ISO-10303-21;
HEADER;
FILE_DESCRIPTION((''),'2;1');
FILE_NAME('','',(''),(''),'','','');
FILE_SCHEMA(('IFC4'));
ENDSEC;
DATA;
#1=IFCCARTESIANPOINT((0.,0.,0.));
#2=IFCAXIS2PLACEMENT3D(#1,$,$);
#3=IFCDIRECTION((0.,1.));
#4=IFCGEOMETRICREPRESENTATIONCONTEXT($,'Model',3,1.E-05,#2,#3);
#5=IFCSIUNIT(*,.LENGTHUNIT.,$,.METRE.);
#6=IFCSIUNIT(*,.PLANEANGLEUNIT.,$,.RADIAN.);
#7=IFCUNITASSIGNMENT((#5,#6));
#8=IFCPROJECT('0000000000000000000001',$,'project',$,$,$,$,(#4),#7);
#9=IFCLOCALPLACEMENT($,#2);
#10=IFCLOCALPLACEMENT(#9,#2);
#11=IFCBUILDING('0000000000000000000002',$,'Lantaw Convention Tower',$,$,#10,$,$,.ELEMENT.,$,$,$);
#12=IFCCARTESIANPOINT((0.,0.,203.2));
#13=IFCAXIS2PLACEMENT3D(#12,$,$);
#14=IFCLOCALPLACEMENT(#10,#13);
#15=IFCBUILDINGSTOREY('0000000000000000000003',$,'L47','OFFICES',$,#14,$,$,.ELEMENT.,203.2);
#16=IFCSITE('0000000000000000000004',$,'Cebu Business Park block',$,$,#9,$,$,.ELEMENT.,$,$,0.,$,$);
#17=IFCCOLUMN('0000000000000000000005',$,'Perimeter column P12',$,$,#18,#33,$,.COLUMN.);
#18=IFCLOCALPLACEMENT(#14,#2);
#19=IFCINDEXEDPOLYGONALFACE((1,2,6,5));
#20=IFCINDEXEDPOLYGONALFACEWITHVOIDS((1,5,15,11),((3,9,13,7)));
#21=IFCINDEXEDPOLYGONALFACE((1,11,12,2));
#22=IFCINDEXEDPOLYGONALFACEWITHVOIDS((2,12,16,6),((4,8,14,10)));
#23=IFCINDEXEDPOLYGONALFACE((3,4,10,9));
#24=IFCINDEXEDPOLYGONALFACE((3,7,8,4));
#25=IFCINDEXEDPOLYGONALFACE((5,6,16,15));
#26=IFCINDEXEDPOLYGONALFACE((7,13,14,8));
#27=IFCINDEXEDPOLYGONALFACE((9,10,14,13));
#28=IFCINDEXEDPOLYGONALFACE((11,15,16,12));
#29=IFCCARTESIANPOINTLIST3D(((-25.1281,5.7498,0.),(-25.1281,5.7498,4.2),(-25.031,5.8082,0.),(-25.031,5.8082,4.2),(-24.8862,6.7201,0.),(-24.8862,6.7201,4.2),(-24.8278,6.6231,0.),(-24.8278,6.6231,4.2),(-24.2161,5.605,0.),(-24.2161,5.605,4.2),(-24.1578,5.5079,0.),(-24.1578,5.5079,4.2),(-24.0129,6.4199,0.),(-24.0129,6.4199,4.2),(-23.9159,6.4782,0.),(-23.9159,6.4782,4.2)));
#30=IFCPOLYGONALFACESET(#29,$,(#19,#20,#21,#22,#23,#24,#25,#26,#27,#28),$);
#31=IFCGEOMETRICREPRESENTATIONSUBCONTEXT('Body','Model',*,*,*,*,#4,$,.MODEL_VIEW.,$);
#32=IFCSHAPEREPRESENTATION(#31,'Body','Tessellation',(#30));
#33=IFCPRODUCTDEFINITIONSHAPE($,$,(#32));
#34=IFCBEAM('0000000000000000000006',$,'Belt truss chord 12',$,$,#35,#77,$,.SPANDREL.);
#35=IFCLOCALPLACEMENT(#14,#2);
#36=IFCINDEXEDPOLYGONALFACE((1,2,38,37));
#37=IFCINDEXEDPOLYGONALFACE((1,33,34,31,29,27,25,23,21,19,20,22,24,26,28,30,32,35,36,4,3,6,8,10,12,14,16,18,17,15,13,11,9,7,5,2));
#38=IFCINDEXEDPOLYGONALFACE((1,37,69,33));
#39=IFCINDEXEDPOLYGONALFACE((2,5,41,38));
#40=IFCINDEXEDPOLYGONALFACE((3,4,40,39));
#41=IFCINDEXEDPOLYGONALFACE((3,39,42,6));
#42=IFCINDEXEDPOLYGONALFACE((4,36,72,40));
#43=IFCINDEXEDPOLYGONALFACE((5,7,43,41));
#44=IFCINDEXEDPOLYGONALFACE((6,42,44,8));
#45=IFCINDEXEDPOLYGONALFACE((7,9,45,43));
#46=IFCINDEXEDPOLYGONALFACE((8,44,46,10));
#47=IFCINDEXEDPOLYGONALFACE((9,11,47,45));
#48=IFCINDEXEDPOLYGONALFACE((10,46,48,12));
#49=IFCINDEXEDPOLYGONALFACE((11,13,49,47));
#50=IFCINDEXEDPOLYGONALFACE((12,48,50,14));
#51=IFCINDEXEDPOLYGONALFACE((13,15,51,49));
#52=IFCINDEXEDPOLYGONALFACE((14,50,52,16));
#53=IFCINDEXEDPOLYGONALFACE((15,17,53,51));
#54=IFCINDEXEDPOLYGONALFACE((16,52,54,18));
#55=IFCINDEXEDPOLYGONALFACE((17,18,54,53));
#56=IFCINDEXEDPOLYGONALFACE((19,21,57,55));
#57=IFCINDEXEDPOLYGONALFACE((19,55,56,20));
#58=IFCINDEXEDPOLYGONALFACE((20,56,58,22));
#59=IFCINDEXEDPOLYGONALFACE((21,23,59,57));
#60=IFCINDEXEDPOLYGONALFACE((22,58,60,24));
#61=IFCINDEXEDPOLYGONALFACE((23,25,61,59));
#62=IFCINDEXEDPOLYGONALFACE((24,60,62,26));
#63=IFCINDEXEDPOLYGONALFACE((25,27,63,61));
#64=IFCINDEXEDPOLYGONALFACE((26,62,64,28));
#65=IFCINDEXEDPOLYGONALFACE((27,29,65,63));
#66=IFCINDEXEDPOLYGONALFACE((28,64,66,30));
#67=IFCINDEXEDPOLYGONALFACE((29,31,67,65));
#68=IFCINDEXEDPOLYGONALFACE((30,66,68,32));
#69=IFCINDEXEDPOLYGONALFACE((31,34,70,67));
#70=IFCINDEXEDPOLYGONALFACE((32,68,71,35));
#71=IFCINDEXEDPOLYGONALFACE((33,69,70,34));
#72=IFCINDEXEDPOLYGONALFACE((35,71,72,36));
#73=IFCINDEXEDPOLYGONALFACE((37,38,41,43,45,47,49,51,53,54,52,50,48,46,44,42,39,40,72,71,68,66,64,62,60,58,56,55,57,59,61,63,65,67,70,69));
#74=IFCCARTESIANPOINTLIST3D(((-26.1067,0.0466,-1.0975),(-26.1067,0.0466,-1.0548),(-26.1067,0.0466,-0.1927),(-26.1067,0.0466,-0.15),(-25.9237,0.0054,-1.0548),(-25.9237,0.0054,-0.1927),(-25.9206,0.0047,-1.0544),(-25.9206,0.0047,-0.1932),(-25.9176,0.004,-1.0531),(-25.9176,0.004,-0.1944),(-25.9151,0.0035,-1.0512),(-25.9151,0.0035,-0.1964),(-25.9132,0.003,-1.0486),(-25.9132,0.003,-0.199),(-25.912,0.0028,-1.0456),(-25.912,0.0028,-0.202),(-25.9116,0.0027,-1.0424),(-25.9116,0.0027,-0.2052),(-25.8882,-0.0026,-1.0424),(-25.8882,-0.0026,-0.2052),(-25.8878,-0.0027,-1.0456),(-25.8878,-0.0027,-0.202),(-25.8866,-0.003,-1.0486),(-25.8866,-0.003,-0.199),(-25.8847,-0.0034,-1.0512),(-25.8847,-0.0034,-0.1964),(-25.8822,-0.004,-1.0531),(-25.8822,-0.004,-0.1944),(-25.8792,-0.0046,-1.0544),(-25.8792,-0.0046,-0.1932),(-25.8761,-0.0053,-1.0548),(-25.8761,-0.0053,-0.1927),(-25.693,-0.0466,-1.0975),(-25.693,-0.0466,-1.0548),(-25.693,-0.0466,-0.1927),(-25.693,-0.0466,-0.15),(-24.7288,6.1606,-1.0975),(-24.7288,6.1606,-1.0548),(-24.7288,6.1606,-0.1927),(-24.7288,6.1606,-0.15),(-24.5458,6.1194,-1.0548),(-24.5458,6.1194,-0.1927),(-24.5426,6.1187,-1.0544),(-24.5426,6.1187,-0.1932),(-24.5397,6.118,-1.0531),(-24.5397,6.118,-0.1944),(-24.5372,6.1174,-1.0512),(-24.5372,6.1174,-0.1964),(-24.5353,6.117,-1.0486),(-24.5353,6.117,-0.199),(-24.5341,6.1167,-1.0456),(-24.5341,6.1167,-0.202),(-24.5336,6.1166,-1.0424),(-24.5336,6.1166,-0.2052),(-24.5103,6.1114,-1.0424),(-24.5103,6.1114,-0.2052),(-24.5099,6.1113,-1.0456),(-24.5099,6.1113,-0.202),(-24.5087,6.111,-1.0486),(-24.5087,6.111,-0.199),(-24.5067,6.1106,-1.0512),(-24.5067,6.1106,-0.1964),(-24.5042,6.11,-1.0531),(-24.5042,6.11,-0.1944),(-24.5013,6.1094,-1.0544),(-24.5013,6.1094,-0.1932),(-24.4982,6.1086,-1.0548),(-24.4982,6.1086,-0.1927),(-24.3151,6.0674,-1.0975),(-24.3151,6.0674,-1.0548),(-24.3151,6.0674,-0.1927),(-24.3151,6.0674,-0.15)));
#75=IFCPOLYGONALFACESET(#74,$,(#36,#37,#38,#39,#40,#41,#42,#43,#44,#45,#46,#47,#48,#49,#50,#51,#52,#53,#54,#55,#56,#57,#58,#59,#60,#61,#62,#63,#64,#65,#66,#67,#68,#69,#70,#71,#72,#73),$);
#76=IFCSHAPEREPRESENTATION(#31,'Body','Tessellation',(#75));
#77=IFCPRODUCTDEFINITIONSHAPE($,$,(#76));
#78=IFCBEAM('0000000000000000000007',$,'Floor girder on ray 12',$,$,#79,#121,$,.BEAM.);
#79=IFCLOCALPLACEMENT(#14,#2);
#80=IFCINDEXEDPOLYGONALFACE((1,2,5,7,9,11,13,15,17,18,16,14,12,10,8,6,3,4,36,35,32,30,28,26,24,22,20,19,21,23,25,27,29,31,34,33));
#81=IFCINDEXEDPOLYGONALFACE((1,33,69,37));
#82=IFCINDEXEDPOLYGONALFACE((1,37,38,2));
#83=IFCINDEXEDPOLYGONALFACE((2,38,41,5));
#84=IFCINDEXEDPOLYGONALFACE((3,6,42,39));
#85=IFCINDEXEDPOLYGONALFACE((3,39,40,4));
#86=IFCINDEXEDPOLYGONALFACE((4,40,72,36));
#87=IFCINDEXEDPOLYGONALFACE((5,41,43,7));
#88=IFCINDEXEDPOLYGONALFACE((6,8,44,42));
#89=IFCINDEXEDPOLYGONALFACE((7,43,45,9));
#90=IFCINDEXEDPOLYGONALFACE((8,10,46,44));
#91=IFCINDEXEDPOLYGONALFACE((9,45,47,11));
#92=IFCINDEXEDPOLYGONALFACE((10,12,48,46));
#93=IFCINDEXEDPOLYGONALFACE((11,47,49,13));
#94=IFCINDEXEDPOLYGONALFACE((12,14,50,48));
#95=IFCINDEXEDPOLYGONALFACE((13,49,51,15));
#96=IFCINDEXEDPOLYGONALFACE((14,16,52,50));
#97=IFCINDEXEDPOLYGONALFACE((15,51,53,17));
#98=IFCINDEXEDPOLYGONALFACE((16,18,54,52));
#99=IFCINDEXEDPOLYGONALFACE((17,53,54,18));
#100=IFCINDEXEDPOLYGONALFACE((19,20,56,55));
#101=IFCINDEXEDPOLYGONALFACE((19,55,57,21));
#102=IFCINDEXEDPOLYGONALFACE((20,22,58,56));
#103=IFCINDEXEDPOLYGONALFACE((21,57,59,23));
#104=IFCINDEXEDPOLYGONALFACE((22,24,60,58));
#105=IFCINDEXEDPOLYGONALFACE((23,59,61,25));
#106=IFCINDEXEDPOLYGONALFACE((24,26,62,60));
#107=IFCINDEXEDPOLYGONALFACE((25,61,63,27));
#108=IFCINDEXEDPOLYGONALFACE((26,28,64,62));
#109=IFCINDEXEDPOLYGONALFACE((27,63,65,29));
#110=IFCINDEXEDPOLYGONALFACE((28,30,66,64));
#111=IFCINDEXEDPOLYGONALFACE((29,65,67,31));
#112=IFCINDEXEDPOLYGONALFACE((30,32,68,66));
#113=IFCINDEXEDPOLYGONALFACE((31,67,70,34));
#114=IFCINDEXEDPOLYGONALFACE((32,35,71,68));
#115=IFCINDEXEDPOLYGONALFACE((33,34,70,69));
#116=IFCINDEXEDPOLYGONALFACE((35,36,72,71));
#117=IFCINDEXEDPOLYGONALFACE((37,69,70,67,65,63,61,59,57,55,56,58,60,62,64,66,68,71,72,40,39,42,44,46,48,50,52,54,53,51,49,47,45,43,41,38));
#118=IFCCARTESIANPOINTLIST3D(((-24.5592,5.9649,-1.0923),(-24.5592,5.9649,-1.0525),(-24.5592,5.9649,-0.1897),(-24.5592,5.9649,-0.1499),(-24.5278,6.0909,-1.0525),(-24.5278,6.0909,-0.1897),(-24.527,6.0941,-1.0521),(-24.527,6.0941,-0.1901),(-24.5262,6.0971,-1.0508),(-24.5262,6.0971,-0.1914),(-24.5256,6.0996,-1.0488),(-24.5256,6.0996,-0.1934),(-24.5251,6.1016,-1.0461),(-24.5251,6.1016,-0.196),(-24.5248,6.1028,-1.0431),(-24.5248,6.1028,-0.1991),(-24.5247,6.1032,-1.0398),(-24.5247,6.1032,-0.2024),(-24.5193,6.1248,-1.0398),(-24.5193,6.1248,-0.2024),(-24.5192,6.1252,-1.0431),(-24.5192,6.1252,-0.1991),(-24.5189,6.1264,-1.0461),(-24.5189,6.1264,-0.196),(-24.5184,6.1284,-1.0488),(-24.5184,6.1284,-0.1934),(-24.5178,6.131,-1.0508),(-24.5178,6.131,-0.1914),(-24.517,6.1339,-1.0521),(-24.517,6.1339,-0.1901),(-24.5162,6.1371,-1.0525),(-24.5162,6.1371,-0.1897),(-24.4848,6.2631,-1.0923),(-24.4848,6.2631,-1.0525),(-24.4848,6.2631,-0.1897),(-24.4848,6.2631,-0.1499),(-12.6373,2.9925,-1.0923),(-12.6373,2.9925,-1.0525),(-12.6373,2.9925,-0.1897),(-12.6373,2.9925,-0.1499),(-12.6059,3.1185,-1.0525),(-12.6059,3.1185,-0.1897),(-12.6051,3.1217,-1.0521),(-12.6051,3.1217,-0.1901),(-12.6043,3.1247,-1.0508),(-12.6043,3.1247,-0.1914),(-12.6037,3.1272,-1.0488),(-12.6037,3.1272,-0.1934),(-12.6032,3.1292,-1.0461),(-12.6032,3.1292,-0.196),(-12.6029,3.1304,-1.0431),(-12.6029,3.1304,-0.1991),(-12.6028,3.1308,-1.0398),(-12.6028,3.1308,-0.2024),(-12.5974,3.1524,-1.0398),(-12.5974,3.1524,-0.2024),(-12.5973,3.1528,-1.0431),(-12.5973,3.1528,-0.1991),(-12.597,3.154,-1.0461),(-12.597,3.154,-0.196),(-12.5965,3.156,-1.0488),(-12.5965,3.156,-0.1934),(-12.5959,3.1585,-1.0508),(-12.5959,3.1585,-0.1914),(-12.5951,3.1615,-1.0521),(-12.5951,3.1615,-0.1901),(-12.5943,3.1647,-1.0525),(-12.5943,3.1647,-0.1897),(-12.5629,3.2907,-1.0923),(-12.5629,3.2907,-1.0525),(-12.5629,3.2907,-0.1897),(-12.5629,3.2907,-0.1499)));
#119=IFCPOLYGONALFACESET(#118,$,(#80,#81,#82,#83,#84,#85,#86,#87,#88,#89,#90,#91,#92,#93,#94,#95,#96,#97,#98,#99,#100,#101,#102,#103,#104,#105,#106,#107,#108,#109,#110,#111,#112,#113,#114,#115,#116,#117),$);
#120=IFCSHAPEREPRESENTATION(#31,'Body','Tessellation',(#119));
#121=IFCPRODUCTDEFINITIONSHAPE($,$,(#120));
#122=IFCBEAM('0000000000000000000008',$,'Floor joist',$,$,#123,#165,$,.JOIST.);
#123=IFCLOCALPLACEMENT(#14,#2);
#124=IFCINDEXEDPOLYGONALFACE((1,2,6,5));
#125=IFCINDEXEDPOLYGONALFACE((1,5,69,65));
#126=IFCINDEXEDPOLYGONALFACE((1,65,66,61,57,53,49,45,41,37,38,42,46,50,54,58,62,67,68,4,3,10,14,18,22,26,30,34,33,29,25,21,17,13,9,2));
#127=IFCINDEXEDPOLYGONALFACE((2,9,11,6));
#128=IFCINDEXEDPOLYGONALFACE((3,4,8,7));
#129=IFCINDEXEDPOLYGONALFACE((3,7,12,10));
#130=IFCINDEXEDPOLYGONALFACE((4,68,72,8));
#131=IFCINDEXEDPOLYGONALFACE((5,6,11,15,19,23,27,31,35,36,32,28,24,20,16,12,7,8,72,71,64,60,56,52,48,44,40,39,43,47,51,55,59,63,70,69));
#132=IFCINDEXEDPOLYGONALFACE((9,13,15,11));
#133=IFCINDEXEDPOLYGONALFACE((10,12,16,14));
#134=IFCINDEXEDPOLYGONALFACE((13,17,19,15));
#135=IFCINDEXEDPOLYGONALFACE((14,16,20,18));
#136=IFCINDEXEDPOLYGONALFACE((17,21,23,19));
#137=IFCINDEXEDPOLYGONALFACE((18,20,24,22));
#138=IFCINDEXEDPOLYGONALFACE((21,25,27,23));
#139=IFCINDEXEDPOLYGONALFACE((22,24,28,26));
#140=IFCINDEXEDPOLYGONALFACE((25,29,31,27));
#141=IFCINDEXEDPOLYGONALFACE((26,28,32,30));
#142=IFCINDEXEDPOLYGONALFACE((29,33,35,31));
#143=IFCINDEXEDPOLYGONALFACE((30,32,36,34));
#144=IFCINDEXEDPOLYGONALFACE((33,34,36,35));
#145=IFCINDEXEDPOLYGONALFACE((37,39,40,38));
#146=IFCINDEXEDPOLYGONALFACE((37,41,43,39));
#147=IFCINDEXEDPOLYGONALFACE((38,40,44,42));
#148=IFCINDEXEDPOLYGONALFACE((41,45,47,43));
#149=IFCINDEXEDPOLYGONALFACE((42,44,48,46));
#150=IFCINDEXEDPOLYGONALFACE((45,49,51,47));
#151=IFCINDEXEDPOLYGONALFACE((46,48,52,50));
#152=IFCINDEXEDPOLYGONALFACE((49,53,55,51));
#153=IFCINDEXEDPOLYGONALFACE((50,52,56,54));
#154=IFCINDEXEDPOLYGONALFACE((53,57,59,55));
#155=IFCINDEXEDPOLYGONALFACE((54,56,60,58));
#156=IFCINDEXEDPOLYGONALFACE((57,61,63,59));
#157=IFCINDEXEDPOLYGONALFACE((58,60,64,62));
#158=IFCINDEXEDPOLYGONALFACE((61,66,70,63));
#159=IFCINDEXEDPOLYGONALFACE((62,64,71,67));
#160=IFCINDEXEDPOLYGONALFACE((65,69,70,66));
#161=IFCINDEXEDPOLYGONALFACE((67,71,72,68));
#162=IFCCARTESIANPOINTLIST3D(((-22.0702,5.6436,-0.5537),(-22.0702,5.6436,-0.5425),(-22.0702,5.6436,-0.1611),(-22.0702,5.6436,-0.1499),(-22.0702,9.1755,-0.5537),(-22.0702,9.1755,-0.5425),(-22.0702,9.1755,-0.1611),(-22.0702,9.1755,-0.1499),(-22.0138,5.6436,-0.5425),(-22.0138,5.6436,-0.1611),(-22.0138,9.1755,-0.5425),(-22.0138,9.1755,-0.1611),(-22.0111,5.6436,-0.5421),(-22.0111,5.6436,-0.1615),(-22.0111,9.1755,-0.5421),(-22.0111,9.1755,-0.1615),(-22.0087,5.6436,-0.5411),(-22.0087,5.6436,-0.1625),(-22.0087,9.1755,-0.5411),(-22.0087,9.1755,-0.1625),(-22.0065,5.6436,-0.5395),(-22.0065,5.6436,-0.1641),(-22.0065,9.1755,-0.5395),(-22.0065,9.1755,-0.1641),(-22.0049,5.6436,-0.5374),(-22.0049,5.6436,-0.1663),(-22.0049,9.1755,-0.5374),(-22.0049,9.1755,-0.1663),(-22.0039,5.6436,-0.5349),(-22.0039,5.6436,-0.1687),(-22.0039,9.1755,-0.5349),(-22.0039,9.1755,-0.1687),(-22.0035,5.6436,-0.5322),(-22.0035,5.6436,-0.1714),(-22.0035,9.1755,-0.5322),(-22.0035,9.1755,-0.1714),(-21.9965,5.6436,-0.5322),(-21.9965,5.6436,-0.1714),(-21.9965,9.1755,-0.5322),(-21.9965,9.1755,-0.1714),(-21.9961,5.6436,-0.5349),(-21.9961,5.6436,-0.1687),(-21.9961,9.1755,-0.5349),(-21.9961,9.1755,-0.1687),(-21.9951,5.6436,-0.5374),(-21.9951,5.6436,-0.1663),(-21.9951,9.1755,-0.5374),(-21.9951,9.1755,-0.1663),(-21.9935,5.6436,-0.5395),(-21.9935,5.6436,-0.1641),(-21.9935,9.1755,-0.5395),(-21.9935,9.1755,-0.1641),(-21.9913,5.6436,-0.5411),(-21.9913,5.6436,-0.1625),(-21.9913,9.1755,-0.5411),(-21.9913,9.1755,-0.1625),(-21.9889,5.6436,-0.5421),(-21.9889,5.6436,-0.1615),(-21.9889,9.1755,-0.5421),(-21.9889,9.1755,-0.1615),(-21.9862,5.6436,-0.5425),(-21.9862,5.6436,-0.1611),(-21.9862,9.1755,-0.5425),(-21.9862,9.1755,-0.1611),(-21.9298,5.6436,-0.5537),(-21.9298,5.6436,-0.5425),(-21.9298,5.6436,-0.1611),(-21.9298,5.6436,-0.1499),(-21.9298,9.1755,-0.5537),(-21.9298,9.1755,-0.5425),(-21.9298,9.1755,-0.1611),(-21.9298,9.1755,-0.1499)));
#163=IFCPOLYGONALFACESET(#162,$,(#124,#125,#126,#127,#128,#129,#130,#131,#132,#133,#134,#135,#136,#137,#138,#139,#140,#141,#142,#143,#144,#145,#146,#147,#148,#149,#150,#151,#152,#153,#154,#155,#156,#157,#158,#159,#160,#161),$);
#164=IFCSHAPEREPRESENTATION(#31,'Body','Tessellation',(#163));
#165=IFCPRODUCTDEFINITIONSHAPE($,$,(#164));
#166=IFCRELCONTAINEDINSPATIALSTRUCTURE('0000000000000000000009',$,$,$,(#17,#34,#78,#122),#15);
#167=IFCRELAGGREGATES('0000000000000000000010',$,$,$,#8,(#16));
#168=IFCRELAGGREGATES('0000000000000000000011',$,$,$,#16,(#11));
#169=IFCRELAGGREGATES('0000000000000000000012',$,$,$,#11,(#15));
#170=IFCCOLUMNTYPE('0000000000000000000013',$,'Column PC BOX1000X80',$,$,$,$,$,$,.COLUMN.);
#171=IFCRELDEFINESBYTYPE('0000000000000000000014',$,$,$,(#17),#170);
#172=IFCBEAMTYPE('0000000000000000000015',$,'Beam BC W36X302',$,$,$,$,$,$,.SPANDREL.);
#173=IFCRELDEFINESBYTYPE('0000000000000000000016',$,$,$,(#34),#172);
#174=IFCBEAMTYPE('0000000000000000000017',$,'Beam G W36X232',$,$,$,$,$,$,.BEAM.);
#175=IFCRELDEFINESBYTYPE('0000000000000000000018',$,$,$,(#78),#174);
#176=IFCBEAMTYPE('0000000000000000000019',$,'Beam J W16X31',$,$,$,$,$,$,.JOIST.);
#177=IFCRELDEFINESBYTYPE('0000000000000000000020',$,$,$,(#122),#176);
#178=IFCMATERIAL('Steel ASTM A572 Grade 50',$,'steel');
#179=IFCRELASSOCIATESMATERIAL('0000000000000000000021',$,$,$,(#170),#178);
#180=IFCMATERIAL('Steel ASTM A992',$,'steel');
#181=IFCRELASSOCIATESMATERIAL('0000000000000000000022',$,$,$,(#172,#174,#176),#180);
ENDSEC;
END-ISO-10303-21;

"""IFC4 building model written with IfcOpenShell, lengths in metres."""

from ifc_helpers import new_model, si_unit, direction, frame, origin, origin_2d, place, context, subcontext, project, spatial, rectangle, hollow_rectangle, i_section, extrude, material, material_profile, profile_set, type_object, element, save


model = new_model("IFC4")

# Units and contexts
model_context = context("Model", 3, precision=1e-05, world=origin(), true_north=direction((0.0, 1.0)))
body_context = subcontext(model_context, "Body", "Model", "MODEL_VIEW")
ifc_project = project(units=[si_unit("LENGTHUNIT", "METRE"), si_unit("PLANEANGLEUNIT", "RADIAN")], contexts=[model_context])

# Site, building, storey
site_placement = place(None, origin())
site = spatial("IfcSite", under=ifc_project, at=site_placement, Name="Cebu Business Park block", CompositionType="ELEMENT", RefElevation=0.0)
building_placement = place(site_placement, origin())
building = spatial("IfcBuilding", under=site, at=building_placement, Name="Lantaw Convention Tower", CompositionType="ELEMENT")
storey_placement = place(building_placement, frame((0.0, 0.0, 203.2)))
storey = spatial("IfcBuildingStorey", under=building, at=storey_placement, Name="L47", Description="OFFICES", CompositionType="ELEMENT", Elevation=203.2)

# Column
ifc_material_1 = material(Name="Steel ASTM A572 Grade 50", Category="steel")
ifc_material_profile_1 = material_profile(ifc_material_1, hollow_rectangle(XDim=1.0, YDim=1.0, WallThickness=0.0801, at=origin_2d()), Name="BOX1000X80")
ifc_material_2 = material(Name="Concrete C60/75", Category="concrete")
ifc_material_profile_2 = material_profile(ifc_material_2, rectangle(XDim=0.8401, YDim=0.8401, at=origin_2d()), Name="Concrete fill of BOX1000X80")
ifc_profile_set_1 = profile_set([ifc_material_profile_1, ifc_material_profile_2], Name="Steel ASTM A572 Grade 50")
column_type = type_object("IfcColumnType", Name="Column PC BOX1000X80", PredefinedType="COLUMN", material=ifc_profile_set_1)
column_placement = place(storey_placement, frame((-24.522, 6.114, 0.0), z_axis=(0.0, 0.0, 1.0), x_axis=(0.241922, 0.970296, 0.0)))
element("IfcColumn", 1, at=column_placement, inside=storey, type_object=column_type, Name="Perimeter column P12", PredefinedType="COLUMN", context=body_context, shape_type="SweptSolid", body=[
    extrude(hollow_rectangle(XDim=1.0, YDim=1.0, WallThickness=0.0801, at=origin_2d()), origin(), (0.0, 0.0, 1.0), 4.2),
])

# Beams
ifc_material_3 = material(Name="Steel ASTM A992", Category="steel")
ifc_material_profile_3 = material_profile(ifc_material_3, i_section(OverallWidth=0.4241, OverallDepth=0.9475, WebThickness=0.0239, FlangeThickness=0.0427, FilletRadius=0.0125, at=origin_2d()), Name="W36X302")
ifc_profile_set_2 = profile_set([ifc_material_profile_3], Name="Steel ASTM A992")
beam_type_1 = type_object("IfcBeamType", Name="Beam BC W36X302", PredefinedType="SPANDREL", material=ifc_profile_set_2)
beam_1_placement = place(storey_placement, frame((-24.522, 6.114, -0.6238), z_axis=(-0.219858, -0.975532, 0.0), x_axis=(0.975532, -0.219858, 0.0)))
element("IfcBeam", 2, at=beam_1_placement, inside=storey, type_object=beam_type_1, Name="Belt truss chord 12", PredefinedType="SPANDREL", context=body_context, shape_type="SweptSolid", body=[
    extrude(i_section(OverallWidth=0.4241, OverallDepth=0.9475, WebThickness=0.0239, FlangeThickness=0.0427, FilletRadius=0.0125, at=origin_2d()), origin(), (0.0, 0.0, 1.0), 6.2673),
])
ifc_material_profile_4 = material_profile(ifc_material_3, i_section(OverallWidth=0.3074, OverallDepth=0.9424, WebThickness=0.0222, FlangeThickness=0.0398, FilletRadius=0.0127, at=origin_2d()), Name="W36X232")
ifc_profile_set_3 = profile_set([ifc_material_profile_4], Name="Steel ASTM A992")
beam_type_2 = type_object("IfcBeamType", Name="Beam G W36X232", PredefinedType="BEAM", material=ifc_profile_set_3)
beam_2_placement = place(storey_placement, frame((-12.6001, 3.1416, -0.6211), z_axis=(-0.970297, 0.241918, 0.0), x_axis=(-0.241918, -0.970297, 0.0)))
element("IfcBeam", 3, at=beam_2_placement, inside=storey, type_object=beam_type_2, Name="Floor girder on ray 12", PredefinedType="BEAM", context=body_context, shape_type="SweptSolid", body=[
    extrude(i_section(OverallWidth=0.3074, OverallDepth=0.9424, WebThickness=0.0222, FlangeThickness=0.0398, FilletRadius=0.0127, at=origin_2d()), origin(), (0.0, 0.0, 1.0), 12.2869),
])
ifc_material_profile_5 = material_profile(ifc_material_3, i_section(OverallWidth=0.1404, OverallDepth=0.4038, WebThickness=0.0071, FlangeThickness=0.0112, FilletRadius=0.0103, at=origin_2d()), Name="W16X31")
ifc_profile_set_4 = profile_set([ifc_material_profile_5], Name="Steel ASTM A992")
beam_type_3 = type_object("IfcBeamType", Name="Beam J W16X31", PredefinedType="JOIST", material=ifc_profile_set_4)
beam_3_placement = place(storey_placement, frame((-22.0, 5.6436, -0.3518), z_axis=(0.0, 1.0, 0.0), x_axis=(-1.0, 0.0, 0.0)))
element("IfcBeam", 4, at=beam_3_placement, inside=storey, type_object=beam_type_3, Name="Floor joist", PredefinedType="JOIST", context=body_context, shape_type="SweptSolid", body=[
    extrude(i_section(OverallWidth=0.1404, OverallDepth=0.4038, WebThickness=0.0071, FlangeThickness=0.0112, FilletRadius=0.0103, at=origin_2d()), origin(), (0.0, 0.0, 1.0), 3.532),
])

save(model, "model.ifc")
